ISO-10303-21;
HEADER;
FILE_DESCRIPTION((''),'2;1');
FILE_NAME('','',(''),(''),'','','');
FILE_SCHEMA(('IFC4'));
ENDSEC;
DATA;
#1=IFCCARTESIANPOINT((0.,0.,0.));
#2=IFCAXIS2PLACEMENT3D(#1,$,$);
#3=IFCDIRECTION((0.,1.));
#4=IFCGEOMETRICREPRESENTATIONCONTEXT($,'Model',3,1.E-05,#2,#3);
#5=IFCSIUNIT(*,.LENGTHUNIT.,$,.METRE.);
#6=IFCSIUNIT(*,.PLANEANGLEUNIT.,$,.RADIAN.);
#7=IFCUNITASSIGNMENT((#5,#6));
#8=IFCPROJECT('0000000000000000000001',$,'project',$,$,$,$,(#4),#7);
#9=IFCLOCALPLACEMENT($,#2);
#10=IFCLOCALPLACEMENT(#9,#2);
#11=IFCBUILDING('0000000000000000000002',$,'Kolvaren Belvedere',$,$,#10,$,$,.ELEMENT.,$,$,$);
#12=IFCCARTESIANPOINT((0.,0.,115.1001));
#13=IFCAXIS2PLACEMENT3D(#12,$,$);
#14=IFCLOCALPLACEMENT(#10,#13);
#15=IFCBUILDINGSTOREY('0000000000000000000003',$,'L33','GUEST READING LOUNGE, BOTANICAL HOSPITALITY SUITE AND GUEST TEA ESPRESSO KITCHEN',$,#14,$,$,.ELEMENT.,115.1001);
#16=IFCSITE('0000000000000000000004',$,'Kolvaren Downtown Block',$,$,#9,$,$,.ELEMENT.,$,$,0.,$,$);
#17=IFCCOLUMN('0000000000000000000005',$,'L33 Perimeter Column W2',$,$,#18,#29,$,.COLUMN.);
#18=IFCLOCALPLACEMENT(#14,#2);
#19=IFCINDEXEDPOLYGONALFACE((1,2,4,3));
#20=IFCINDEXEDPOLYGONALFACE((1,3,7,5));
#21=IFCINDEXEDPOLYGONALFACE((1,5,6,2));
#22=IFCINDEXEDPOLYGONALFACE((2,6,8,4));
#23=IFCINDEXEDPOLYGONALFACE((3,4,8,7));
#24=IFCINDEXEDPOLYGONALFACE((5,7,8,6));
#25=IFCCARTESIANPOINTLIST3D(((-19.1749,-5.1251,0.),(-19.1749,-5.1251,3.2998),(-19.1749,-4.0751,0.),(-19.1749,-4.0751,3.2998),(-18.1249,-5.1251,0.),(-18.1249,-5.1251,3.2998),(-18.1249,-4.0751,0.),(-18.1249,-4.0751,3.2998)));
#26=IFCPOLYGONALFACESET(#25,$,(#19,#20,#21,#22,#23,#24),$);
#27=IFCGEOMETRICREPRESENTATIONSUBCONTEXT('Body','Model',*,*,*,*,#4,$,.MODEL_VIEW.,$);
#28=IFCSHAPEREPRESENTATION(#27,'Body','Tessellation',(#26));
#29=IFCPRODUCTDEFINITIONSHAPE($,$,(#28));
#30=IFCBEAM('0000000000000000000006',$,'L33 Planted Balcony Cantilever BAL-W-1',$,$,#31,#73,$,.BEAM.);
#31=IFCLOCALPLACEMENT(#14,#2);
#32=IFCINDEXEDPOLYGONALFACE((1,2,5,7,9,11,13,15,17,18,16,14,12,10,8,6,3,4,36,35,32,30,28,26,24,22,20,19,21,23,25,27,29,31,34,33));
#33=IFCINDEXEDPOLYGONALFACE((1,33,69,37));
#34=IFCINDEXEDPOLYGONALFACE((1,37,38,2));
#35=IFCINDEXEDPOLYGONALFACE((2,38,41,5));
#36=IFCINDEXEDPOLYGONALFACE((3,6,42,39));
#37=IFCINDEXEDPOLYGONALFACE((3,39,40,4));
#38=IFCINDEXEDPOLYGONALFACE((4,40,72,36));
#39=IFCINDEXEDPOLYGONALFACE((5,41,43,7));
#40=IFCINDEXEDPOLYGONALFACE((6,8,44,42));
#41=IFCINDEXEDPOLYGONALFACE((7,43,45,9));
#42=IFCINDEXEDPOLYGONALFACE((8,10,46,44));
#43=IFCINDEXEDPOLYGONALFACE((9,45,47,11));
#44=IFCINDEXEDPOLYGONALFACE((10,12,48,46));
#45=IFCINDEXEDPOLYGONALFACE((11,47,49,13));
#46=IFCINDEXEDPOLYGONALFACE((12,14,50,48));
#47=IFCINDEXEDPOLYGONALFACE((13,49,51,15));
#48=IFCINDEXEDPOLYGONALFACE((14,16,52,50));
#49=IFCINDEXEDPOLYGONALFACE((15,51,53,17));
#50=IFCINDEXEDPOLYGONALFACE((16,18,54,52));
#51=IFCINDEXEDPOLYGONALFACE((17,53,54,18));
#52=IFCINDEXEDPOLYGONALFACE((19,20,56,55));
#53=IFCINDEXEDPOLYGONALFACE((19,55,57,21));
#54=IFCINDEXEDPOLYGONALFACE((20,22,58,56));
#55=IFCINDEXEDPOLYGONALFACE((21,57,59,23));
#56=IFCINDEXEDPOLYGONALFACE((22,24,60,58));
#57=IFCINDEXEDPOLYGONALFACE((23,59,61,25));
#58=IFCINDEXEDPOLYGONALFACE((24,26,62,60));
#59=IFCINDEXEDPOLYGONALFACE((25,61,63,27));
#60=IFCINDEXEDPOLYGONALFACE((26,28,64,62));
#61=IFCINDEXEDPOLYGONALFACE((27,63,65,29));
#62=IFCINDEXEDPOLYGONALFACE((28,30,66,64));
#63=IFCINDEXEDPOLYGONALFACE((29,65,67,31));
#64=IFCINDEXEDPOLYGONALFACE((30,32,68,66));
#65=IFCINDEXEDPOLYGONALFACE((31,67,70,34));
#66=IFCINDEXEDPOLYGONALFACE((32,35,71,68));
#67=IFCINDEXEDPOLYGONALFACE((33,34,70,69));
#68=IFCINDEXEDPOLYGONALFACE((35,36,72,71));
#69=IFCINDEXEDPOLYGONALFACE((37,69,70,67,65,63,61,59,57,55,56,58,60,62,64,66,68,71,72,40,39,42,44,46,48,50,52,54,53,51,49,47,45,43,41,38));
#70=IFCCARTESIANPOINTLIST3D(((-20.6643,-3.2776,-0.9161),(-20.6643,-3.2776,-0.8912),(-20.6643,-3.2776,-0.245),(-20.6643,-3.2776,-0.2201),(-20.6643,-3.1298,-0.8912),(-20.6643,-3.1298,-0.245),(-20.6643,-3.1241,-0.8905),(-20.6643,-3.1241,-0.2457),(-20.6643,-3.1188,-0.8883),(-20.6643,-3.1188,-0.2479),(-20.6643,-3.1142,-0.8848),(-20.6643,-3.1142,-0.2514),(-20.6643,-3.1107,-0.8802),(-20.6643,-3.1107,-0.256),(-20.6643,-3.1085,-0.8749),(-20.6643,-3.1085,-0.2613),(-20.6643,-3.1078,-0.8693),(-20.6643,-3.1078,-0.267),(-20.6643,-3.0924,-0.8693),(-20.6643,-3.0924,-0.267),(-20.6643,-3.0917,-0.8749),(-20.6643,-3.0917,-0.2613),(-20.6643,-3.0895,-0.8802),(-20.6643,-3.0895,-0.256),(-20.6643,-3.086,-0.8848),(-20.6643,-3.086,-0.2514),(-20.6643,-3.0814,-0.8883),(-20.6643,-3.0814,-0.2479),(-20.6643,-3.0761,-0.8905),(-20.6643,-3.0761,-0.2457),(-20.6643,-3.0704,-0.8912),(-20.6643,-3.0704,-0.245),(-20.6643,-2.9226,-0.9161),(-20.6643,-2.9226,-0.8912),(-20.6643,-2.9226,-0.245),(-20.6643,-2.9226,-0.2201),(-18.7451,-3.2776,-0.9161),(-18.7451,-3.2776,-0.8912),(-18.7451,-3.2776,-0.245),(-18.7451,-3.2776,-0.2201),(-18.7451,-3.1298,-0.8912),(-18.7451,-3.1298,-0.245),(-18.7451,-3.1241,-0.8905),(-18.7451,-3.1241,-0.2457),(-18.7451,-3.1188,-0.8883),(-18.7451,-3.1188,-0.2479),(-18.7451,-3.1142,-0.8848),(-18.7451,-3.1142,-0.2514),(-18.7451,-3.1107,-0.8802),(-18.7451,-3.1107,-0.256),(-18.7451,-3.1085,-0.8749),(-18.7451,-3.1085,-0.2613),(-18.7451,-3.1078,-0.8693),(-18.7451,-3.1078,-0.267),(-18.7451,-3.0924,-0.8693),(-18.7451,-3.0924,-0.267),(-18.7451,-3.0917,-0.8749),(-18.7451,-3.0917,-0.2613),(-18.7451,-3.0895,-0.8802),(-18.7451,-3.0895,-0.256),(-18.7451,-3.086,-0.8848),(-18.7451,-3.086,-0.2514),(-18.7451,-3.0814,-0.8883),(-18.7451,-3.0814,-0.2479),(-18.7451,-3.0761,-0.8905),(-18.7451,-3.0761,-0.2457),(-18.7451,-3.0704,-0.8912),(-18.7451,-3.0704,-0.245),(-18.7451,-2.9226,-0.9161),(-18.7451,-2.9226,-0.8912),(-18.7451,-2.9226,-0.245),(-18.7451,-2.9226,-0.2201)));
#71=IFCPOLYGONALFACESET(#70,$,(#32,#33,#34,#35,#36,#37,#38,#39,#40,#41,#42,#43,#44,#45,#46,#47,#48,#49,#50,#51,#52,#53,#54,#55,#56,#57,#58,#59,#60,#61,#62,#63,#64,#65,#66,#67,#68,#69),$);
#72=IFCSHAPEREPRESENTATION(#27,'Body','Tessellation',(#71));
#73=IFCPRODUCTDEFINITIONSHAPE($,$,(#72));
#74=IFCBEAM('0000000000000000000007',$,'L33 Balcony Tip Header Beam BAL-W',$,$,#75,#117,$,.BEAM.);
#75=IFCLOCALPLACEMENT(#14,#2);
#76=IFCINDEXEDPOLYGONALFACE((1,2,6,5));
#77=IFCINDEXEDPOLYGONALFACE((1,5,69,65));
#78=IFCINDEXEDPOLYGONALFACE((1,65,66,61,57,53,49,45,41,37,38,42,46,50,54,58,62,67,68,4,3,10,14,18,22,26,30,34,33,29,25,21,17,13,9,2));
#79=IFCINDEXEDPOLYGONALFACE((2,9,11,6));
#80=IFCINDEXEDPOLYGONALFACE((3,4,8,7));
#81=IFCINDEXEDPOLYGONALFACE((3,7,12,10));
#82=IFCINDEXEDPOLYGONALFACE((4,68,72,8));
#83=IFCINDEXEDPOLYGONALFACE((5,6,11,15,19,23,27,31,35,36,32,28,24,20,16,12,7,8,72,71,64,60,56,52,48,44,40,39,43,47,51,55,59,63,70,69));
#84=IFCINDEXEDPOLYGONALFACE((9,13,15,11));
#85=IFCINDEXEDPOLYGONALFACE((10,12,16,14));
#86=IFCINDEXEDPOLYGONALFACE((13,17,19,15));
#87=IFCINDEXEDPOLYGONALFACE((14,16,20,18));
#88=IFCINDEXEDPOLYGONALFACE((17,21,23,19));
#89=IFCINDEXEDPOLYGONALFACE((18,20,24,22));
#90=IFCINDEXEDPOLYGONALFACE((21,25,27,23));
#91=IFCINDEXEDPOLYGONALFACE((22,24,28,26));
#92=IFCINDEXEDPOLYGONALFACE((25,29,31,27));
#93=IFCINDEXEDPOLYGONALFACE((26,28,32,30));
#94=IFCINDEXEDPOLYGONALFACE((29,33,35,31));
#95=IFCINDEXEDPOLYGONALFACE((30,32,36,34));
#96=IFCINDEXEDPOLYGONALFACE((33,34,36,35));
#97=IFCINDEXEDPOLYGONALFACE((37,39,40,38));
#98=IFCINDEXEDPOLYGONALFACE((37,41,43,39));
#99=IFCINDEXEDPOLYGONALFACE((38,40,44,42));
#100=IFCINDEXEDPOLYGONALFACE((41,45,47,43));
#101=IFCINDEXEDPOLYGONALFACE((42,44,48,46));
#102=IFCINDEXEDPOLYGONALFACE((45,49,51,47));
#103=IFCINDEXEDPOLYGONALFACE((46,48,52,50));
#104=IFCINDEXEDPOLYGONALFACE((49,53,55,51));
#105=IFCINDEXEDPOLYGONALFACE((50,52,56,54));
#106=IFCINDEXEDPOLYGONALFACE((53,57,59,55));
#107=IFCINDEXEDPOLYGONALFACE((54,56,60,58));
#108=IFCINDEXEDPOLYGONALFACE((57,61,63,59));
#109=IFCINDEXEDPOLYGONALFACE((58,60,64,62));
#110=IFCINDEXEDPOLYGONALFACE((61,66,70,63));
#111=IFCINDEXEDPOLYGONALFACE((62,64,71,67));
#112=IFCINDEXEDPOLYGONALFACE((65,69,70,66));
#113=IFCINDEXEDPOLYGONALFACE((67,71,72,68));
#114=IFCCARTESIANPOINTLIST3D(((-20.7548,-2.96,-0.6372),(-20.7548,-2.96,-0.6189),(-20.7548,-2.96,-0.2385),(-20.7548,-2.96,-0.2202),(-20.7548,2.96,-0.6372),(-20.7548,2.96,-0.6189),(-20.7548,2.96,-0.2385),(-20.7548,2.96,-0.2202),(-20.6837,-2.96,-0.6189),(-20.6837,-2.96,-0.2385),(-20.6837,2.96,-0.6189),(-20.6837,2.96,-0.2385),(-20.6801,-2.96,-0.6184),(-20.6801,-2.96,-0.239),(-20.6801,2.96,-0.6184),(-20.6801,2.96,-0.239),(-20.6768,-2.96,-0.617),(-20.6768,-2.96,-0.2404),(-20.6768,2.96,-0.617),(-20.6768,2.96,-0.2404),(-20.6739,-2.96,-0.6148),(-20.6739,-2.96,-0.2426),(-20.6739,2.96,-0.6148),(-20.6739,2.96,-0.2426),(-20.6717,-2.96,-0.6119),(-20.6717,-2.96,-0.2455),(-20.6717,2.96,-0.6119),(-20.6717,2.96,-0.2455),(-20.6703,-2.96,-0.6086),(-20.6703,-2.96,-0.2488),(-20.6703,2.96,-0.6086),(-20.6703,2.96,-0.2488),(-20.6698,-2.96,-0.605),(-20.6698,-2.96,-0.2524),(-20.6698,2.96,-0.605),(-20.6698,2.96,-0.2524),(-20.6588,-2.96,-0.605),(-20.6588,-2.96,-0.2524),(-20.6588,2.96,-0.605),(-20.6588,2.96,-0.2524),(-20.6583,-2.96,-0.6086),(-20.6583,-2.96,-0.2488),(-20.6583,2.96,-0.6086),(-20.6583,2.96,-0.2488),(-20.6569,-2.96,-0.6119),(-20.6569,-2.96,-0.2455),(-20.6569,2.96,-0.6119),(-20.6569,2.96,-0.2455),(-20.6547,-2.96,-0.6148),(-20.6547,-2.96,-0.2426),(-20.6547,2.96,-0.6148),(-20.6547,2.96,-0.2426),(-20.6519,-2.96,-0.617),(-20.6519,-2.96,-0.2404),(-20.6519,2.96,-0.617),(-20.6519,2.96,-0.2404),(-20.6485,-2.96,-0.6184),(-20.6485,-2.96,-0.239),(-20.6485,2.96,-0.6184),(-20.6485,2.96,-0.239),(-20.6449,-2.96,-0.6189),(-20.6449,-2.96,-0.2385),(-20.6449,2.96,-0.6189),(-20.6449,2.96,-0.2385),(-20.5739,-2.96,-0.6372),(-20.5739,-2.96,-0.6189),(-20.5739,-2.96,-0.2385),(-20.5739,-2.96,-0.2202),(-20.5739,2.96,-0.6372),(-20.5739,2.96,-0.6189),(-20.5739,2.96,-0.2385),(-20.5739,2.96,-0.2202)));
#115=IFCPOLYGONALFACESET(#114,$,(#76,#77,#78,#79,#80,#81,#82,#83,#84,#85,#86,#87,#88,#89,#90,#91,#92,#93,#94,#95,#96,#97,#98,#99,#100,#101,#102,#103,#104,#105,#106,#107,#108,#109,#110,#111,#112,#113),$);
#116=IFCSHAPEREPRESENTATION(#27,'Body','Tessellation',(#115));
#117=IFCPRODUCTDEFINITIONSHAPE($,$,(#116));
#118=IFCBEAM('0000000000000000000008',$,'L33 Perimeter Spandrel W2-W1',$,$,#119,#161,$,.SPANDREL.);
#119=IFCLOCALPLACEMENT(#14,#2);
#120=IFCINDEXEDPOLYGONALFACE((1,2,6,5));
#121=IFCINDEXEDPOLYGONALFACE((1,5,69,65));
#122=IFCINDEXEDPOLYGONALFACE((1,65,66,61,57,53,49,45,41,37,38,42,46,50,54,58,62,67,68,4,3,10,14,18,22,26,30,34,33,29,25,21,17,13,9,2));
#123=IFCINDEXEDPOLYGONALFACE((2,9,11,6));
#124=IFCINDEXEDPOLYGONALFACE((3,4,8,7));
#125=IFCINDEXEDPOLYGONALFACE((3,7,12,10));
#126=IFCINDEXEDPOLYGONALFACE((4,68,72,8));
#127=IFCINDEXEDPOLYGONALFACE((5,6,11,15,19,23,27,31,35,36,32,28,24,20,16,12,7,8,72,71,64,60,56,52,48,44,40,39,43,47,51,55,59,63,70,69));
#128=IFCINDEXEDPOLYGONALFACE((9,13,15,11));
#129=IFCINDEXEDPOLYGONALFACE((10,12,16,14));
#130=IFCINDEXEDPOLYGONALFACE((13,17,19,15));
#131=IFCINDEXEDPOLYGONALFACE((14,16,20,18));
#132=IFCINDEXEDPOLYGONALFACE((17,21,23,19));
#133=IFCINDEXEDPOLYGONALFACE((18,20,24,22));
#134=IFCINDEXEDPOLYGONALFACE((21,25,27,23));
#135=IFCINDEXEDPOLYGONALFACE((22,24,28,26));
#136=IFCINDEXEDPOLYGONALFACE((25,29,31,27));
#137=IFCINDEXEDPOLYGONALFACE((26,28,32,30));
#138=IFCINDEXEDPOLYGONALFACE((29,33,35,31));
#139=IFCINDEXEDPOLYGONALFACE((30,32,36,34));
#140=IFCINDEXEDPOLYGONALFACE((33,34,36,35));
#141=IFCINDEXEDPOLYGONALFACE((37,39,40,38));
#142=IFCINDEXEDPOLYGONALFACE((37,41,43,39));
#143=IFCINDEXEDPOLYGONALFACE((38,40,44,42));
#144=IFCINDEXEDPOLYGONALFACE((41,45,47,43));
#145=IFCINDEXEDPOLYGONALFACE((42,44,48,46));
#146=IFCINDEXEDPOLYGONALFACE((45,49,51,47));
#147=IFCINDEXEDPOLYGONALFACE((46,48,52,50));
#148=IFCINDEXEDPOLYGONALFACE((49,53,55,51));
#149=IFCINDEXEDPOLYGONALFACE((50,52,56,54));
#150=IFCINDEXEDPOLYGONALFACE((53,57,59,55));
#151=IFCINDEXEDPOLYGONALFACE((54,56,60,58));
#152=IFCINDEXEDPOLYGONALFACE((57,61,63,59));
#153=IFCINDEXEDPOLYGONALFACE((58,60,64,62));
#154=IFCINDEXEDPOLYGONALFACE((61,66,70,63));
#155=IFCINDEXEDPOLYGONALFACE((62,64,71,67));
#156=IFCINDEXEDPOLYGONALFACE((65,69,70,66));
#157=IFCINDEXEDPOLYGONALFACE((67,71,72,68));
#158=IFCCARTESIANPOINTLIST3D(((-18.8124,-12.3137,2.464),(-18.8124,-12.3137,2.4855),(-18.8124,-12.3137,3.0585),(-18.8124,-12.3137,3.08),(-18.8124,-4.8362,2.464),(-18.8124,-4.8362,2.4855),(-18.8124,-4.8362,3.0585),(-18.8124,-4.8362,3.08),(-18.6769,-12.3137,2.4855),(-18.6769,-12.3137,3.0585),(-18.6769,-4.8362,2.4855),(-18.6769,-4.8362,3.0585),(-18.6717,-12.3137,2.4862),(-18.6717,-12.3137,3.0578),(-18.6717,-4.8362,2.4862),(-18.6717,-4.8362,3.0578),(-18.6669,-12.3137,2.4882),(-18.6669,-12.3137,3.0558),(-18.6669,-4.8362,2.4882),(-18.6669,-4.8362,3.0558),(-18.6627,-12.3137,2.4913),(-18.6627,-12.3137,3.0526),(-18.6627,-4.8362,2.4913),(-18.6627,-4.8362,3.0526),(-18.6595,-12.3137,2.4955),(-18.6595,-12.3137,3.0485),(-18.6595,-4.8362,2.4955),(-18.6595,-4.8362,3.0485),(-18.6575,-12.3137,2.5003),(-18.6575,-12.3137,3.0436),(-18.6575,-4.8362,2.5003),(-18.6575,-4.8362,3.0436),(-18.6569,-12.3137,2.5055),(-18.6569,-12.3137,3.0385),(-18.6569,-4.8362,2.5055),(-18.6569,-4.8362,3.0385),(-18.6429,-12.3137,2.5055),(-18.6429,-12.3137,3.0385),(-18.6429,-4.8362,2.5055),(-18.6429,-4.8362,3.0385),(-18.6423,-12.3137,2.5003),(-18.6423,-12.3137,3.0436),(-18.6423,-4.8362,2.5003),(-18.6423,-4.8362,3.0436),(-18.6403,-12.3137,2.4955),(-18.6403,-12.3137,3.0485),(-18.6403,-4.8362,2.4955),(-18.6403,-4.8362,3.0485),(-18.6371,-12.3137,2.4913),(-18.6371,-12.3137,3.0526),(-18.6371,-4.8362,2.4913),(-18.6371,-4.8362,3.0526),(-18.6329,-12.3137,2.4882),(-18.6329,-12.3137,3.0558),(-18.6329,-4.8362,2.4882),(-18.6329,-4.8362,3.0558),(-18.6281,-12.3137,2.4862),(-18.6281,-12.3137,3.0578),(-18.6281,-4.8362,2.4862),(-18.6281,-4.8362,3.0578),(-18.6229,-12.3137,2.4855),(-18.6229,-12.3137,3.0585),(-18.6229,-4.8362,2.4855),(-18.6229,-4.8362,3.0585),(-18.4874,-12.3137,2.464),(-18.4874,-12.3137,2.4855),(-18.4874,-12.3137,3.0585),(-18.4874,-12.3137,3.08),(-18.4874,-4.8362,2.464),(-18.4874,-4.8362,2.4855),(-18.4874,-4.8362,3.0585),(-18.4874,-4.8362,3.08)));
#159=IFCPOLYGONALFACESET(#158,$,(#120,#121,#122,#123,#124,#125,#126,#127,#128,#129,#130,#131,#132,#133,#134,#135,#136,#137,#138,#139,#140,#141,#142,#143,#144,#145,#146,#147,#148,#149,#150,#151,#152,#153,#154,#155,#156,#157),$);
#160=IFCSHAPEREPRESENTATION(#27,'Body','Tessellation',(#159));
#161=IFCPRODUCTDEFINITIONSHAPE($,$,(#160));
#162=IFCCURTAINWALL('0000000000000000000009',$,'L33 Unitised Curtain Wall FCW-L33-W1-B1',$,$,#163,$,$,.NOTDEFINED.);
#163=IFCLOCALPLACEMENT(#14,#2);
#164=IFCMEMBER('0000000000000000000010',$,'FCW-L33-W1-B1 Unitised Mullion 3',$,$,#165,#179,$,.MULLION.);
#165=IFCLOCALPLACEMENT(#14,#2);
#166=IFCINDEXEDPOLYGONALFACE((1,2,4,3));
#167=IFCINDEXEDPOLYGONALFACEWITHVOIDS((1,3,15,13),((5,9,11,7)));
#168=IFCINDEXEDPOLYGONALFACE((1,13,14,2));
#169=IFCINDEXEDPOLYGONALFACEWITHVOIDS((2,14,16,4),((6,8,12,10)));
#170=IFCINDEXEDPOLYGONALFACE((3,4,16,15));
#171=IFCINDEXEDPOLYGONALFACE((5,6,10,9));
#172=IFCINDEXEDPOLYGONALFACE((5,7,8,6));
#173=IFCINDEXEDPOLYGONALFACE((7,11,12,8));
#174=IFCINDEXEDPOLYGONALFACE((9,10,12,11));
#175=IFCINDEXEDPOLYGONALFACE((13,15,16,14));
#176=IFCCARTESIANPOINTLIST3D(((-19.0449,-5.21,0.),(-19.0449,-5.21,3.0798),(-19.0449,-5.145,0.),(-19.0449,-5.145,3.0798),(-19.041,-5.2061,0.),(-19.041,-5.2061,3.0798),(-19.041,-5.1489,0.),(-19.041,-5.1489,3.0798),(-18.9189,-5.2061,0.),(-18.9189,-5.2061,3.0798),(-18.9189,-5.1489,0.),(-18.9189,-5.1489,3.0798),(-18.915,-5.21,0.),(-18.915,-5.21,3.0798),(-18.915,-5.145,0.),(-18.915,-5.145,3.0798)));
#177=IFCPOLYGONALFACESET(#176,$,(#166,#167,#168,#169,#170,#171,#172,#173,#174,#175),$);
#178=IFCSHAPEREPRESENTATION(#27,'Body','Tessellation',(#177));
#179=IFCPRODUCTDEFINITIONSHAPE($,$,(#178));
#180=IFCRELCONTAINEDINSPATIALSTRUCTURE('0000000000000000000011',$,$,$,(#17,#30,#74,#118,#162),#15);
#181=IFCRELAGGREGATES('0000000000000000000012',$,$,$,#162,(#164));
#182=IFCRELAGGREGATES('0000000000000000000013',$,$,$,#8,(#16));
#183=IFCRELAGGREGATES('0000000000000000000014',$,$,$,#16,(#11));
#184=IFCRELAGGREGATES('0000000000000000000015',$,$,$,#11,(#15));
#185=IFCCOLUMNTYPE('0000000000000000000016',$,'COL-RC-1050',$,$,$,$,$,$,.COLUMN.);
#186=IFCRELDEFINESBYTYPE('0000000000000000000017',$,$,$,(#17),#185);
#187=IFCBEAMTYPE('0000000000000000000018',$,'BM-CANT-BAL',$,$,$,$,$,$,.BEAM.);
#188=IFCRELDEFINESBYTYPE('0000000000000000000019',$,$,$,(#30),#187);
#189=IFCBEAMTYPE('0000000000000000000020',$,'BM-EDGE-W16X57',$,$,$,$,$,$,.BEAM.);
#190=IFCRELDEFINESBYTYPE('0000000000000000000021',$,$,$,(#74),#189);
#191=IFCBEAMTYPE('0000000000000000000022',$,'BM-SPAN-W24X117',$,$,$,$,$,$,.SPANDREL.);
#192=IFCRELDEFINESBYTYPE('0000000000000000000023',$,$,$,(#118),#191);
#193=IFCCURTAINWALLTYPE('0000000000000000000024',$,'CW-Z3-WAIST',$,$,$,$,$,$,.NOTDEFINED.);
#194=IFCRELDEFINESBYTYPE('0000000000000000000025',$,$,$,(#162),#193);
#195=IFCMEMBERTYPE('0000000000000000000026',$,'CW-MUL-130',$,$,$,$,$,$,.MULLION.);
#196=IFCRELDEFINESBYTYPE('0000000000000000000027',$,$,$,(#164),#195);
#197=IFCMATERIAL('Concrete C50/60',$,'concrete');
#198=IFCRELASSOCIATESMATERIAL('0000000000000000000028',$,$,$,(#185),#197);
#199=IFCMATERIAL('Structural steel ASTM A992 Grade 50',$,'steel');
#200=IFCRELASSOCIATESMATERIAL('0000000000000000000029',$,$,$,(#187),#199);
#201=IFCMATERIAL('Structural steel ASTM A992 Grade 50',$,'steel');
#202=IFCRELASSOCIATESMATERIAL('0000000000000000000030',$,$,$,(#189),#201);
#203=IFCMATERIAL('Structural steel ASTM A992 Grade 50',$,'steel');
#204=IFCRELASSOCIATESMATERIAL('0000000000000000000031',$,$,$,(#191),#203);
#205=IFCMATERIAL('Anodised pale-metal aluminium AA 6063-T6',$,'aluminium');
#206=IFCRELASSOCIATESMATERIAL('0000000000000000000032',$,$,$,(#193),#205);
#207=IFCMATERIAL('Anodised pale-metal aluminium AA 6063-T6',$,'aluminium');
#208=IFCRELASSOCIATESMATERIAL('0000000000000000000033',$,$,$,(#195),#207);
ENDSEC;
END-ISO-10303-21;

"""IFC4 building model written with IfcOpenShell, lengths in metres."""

from ifc_helpers import new_model, si_unit, direction, frame, origin, origin_2d, place, context, subcontext, project, spatial, rectangle, hollow_rectangle, i_section, extrude, material, material_profile, profile_set, type_object, element, aggregate, save


model = new_model("IFC4")

# Units and contexts
model_context = context("Model", 3, precision=1e-05, world=origin(), true_north=direction((0.0, 1.0)))
body_context = subcontext(model_context, "Body", "Model", "MODEL_VIEW")
ifc_project = project(units=[si_unit("LENGTHUNIT", "METRE"), si_unit("PLANEANGLEUNIT", "RADIAN")], contexts=[model_context])

# Site, building, storey
site_placement = place(None, origin())
site = spatial("IfcSite", under=ifc_project, at=site_placement, Name="Kolvaren Downtown Block", CompositionType="ELEMENT", RefElevation=0.0)
building_placement = place(site_placement, origin())
building = spatial("IfcBuilding", under=site, at=building_placement, Name="Kolvaren Belvedere", CompositionType="ELEMENT")
storey_placement = place(building_placement, frame((0.0, 0.0, 115.1001)))
storey = spatial("IfcBuildingStorey", under=building, at=storey_placement, Name="L33", Description="GUEST READING LOUNGE, BOTANICAL HOSPITALITY SUITE AND GUEST TEA ESPRESSO KITCHEN", CompositionType="ELEMENT", Elevation=115.1001)

# Column
ifc_material_1 = material(Name="Concrete C50/60", Category="concrete")
ifc_material_profile_1 = material_profile(ifc_material_1, rectangle(XDim=1.05, YDim=1.05, at=origin_2d()), Name="RC 1050X1050")
ifc_profile_set_1 = profile_set([ifc_material_profile_1], Name="Concrete C50/60")
column_type = type_object("IfcColumnType", Name="COL-RC-1050", PredefinedType="COLUMN", material=ifc_profile_set_1)
column_placement = place(storey_placement, frame((-18.6499, -4.6001, 0.0), z_axis=(0.0, 0.0, 1.0), x_axis=(1.0, 0.0, 0.0)))
element("IfcColumn", 1, at=column_placement, inside=storey, type_object=column_type, Name="L33 Perimeter Column W2", PredefinedType="COLUMN", context=body_context, shape_type="SweptSolid", body=[
    extrude(rectangle(XDim=1.05, YDim=1.05, at=origin_2d()), origin(), (0.0, 0.0, 1.0), 3.2998),
])

# Beams
ifc_material_2 = material(Name="Structural steel ASTM A992 Grade 50", Category="steel")
ifc_material_profile_2 = material_profile(ifc_material_2, i_section(OverallWidth=0.355, OverallDepth=0.696, WebThickness=0.0154, FlangeThickness=0.0249, FilletRadius=0.022, at=origin_2d()), Name="W27X146")
ifc_profile_set_2 = profile_set([ifc_material_profile_2], Name="Structural steel ASTM A992 Grade 50")
beam_type_1 = type_object("IfcBeamType", Name="BM-CANT-BAL", PredefinedType="BEAM", material=ifc_profile_set_2)
beam_1_placement = place(storey_placement, frame((-18.7451, -3.1001, -0.5681), z_axis=(-1.0, 0.0, 0.0), x_axis=(0.0, -1.0, 0.0)))
element("IfcBeam", 2, at=beam_1_placement, inside=storey, type_object=beam_type_1, Name="L33 Planted Balcony Cantilever BAL-W-1", PredefinedType="BEAM", context=body_context, shape_type="SweptSolid", body=[
    extrude(i_section(OverallWidth=0.355, OverallDepth=0.696, WebThickness=0.0154, FlangeThickness=0.0249, FilletRadius=0.022, at=origin_2d()), origin(), (0.0, 0.0, 1.0), 1.9192),
])
ifc_material_3 = material(Name="Structural steel ASTM A992 Grade 50", Category="steel")
ifc_material_profile_3 = material_profile(ifc_material_3, i_section(OverallWidth=0.1809, OverallDepth=0.417, WebThickness=0.011, FlangeThickness=0.0183, FilletRadius=0.0139, at=origin_2d()), Name="W16X57")
ifc_profile_set_3 = profile_set([ifc_material_profile_3], Name="Structural steel ASTM A992 Grade 50")
beam_type_2 = type_object("IfcBeamType", Name="BM-EDGE-W16X57", PredefinedType="BEAM", material=ifc_profile_set_3)
beam_2_placement = place(storey_placement, frame((-20.6643, -2.96, -0.4287), z_axis=(0.0, 1.0, 0.0), x_axis=(-1.0, 0.0, 0.0)))
element("IfcBeam", 3, at=beam_2_placement, inside=storey, type_object=beam_type_2, Name="L33 Balcony Tip Header Beam BAL-W", PredefinedType="BEAM", context=body_context, shape_type="SweptSolid", body=[
    extrude(i_section(OverallWidth=0.1809, OverallDepth=0.417, WebThickness=0.011, FlangeThickness=0.0183, FilletRadius=0.0139, at=origin_2d()), origin(), (0.0, 0.0, 1.0), 5.9199),
])
ifc_material_4 = material(Name="Structural steel ASTM A992 Grade 50", Category="steel")
ifc_material_profile_4 = material_profile(ifc_material_4, i_section(OverallWidth=0.325, OverallDepth=0.616, WebThickness=0.0139, FlangeThickness=0.0215, FilletRadius=0.02, at=origin_2d()), Name="W24X117")
ifc_profile_set_4 = profile_set([ifc_material_profile_4], Name="Structural steel ASTM A992 Grade 50")
beam_type_3 = type_object("IfcBeamType", Name="BM-SPAN-W24X117", PredefinedType="SPANDREL", material=ifc_profile_set_4)
beam_3_placement = place(storey_placement, frame((-18.6499, -4.8362, 2.772), z_axis=(0.0, -1.0, 0.0), x_axis=(1.0, 0.0, 0.0)))
element("IfcBeam", 4, at=beam_3_placement, inside=storey, type_object=beam_type_3, Name="L33 Perimeter Spandrel W2-W1", PredefinedType="SPANDREL", context=body_context, shape_type="SweptSolid", body=[
    extrude(i_section(OverallWidth=0.325, OverallDepth=0.616, WebThickness=0.0139, FlangeThickness=0.0215, FilletRadius=0.02, at=origin_2d()), origin(), (0.0, 0.0, 1.0), 7.4775),
])

# Curtain wall, member
ifc_material_5 = material(Name="Anodised pale-metal aluminium AA 6063-T6", Category="aluminium")
curtain_wall_type = type_object("IfcCurtainWallType", Name="CW-Z3-WAIST", PredefinedType="NOTDEFINED", material=ifc_material_5)
curtain_wall_1_placement = place(storey_placement, origin())
curtain_wall_1 = element("IfcCurtainWall", 5, at=curtain_wall_1_placement, inside=storey, type_object=curtain_wall_type, Name="L33 Unitised Curtain Wall FCW-L33-W1-B1", PredefinedType="NOTDEFINED")
ifc_material_6 = material(Name="Anodised pale-metal aluminium AA 6063-T6", Category="aluminium")
ifc_material_profile_5 = material_profile(ifc_material_6, hollow_rectangle(XDim=0.0649, YDim=0.1299, WallThickness=0.0039, at=origin_2d()), Name="ALU-MUL-130X65")
ifc_profile_set_5 = profile_set([ifc_material_profile_5], Name="Anodised pale-metal aluminium AA 6063-T6")
member_type_1 = type_object("IfcMemberType", Name="CW-MUL-130", PredefinedType="MULLION", material=ifc_profile_set_5)
member_1_placement = place(storey_placement, frame((-18.98, -5.1775, 0.0), z_axis=(0.0, 0.0, 1.0), x_axis=(0.0, 1.0, 0.0)))
member_1 = element("IfcMember", 6, at=member_1_placement, type_object=member_type_1, Name="FCW-L33-W1-B1 Unitised Mullion 3", PredefinedType="MULLION", context=body_context, shape_type="SweptSolid", body=[
    extrude(hollow_rectangle(XDim=0.0649, YDim=0.1299, WallThickness=0.0039, at=origin_2d()), origin(), (0.0, 0.0, 1.0), 3.0798),
])
aggregate(curtain_wall_1, [member_1])

save(model, "model.ifc")
